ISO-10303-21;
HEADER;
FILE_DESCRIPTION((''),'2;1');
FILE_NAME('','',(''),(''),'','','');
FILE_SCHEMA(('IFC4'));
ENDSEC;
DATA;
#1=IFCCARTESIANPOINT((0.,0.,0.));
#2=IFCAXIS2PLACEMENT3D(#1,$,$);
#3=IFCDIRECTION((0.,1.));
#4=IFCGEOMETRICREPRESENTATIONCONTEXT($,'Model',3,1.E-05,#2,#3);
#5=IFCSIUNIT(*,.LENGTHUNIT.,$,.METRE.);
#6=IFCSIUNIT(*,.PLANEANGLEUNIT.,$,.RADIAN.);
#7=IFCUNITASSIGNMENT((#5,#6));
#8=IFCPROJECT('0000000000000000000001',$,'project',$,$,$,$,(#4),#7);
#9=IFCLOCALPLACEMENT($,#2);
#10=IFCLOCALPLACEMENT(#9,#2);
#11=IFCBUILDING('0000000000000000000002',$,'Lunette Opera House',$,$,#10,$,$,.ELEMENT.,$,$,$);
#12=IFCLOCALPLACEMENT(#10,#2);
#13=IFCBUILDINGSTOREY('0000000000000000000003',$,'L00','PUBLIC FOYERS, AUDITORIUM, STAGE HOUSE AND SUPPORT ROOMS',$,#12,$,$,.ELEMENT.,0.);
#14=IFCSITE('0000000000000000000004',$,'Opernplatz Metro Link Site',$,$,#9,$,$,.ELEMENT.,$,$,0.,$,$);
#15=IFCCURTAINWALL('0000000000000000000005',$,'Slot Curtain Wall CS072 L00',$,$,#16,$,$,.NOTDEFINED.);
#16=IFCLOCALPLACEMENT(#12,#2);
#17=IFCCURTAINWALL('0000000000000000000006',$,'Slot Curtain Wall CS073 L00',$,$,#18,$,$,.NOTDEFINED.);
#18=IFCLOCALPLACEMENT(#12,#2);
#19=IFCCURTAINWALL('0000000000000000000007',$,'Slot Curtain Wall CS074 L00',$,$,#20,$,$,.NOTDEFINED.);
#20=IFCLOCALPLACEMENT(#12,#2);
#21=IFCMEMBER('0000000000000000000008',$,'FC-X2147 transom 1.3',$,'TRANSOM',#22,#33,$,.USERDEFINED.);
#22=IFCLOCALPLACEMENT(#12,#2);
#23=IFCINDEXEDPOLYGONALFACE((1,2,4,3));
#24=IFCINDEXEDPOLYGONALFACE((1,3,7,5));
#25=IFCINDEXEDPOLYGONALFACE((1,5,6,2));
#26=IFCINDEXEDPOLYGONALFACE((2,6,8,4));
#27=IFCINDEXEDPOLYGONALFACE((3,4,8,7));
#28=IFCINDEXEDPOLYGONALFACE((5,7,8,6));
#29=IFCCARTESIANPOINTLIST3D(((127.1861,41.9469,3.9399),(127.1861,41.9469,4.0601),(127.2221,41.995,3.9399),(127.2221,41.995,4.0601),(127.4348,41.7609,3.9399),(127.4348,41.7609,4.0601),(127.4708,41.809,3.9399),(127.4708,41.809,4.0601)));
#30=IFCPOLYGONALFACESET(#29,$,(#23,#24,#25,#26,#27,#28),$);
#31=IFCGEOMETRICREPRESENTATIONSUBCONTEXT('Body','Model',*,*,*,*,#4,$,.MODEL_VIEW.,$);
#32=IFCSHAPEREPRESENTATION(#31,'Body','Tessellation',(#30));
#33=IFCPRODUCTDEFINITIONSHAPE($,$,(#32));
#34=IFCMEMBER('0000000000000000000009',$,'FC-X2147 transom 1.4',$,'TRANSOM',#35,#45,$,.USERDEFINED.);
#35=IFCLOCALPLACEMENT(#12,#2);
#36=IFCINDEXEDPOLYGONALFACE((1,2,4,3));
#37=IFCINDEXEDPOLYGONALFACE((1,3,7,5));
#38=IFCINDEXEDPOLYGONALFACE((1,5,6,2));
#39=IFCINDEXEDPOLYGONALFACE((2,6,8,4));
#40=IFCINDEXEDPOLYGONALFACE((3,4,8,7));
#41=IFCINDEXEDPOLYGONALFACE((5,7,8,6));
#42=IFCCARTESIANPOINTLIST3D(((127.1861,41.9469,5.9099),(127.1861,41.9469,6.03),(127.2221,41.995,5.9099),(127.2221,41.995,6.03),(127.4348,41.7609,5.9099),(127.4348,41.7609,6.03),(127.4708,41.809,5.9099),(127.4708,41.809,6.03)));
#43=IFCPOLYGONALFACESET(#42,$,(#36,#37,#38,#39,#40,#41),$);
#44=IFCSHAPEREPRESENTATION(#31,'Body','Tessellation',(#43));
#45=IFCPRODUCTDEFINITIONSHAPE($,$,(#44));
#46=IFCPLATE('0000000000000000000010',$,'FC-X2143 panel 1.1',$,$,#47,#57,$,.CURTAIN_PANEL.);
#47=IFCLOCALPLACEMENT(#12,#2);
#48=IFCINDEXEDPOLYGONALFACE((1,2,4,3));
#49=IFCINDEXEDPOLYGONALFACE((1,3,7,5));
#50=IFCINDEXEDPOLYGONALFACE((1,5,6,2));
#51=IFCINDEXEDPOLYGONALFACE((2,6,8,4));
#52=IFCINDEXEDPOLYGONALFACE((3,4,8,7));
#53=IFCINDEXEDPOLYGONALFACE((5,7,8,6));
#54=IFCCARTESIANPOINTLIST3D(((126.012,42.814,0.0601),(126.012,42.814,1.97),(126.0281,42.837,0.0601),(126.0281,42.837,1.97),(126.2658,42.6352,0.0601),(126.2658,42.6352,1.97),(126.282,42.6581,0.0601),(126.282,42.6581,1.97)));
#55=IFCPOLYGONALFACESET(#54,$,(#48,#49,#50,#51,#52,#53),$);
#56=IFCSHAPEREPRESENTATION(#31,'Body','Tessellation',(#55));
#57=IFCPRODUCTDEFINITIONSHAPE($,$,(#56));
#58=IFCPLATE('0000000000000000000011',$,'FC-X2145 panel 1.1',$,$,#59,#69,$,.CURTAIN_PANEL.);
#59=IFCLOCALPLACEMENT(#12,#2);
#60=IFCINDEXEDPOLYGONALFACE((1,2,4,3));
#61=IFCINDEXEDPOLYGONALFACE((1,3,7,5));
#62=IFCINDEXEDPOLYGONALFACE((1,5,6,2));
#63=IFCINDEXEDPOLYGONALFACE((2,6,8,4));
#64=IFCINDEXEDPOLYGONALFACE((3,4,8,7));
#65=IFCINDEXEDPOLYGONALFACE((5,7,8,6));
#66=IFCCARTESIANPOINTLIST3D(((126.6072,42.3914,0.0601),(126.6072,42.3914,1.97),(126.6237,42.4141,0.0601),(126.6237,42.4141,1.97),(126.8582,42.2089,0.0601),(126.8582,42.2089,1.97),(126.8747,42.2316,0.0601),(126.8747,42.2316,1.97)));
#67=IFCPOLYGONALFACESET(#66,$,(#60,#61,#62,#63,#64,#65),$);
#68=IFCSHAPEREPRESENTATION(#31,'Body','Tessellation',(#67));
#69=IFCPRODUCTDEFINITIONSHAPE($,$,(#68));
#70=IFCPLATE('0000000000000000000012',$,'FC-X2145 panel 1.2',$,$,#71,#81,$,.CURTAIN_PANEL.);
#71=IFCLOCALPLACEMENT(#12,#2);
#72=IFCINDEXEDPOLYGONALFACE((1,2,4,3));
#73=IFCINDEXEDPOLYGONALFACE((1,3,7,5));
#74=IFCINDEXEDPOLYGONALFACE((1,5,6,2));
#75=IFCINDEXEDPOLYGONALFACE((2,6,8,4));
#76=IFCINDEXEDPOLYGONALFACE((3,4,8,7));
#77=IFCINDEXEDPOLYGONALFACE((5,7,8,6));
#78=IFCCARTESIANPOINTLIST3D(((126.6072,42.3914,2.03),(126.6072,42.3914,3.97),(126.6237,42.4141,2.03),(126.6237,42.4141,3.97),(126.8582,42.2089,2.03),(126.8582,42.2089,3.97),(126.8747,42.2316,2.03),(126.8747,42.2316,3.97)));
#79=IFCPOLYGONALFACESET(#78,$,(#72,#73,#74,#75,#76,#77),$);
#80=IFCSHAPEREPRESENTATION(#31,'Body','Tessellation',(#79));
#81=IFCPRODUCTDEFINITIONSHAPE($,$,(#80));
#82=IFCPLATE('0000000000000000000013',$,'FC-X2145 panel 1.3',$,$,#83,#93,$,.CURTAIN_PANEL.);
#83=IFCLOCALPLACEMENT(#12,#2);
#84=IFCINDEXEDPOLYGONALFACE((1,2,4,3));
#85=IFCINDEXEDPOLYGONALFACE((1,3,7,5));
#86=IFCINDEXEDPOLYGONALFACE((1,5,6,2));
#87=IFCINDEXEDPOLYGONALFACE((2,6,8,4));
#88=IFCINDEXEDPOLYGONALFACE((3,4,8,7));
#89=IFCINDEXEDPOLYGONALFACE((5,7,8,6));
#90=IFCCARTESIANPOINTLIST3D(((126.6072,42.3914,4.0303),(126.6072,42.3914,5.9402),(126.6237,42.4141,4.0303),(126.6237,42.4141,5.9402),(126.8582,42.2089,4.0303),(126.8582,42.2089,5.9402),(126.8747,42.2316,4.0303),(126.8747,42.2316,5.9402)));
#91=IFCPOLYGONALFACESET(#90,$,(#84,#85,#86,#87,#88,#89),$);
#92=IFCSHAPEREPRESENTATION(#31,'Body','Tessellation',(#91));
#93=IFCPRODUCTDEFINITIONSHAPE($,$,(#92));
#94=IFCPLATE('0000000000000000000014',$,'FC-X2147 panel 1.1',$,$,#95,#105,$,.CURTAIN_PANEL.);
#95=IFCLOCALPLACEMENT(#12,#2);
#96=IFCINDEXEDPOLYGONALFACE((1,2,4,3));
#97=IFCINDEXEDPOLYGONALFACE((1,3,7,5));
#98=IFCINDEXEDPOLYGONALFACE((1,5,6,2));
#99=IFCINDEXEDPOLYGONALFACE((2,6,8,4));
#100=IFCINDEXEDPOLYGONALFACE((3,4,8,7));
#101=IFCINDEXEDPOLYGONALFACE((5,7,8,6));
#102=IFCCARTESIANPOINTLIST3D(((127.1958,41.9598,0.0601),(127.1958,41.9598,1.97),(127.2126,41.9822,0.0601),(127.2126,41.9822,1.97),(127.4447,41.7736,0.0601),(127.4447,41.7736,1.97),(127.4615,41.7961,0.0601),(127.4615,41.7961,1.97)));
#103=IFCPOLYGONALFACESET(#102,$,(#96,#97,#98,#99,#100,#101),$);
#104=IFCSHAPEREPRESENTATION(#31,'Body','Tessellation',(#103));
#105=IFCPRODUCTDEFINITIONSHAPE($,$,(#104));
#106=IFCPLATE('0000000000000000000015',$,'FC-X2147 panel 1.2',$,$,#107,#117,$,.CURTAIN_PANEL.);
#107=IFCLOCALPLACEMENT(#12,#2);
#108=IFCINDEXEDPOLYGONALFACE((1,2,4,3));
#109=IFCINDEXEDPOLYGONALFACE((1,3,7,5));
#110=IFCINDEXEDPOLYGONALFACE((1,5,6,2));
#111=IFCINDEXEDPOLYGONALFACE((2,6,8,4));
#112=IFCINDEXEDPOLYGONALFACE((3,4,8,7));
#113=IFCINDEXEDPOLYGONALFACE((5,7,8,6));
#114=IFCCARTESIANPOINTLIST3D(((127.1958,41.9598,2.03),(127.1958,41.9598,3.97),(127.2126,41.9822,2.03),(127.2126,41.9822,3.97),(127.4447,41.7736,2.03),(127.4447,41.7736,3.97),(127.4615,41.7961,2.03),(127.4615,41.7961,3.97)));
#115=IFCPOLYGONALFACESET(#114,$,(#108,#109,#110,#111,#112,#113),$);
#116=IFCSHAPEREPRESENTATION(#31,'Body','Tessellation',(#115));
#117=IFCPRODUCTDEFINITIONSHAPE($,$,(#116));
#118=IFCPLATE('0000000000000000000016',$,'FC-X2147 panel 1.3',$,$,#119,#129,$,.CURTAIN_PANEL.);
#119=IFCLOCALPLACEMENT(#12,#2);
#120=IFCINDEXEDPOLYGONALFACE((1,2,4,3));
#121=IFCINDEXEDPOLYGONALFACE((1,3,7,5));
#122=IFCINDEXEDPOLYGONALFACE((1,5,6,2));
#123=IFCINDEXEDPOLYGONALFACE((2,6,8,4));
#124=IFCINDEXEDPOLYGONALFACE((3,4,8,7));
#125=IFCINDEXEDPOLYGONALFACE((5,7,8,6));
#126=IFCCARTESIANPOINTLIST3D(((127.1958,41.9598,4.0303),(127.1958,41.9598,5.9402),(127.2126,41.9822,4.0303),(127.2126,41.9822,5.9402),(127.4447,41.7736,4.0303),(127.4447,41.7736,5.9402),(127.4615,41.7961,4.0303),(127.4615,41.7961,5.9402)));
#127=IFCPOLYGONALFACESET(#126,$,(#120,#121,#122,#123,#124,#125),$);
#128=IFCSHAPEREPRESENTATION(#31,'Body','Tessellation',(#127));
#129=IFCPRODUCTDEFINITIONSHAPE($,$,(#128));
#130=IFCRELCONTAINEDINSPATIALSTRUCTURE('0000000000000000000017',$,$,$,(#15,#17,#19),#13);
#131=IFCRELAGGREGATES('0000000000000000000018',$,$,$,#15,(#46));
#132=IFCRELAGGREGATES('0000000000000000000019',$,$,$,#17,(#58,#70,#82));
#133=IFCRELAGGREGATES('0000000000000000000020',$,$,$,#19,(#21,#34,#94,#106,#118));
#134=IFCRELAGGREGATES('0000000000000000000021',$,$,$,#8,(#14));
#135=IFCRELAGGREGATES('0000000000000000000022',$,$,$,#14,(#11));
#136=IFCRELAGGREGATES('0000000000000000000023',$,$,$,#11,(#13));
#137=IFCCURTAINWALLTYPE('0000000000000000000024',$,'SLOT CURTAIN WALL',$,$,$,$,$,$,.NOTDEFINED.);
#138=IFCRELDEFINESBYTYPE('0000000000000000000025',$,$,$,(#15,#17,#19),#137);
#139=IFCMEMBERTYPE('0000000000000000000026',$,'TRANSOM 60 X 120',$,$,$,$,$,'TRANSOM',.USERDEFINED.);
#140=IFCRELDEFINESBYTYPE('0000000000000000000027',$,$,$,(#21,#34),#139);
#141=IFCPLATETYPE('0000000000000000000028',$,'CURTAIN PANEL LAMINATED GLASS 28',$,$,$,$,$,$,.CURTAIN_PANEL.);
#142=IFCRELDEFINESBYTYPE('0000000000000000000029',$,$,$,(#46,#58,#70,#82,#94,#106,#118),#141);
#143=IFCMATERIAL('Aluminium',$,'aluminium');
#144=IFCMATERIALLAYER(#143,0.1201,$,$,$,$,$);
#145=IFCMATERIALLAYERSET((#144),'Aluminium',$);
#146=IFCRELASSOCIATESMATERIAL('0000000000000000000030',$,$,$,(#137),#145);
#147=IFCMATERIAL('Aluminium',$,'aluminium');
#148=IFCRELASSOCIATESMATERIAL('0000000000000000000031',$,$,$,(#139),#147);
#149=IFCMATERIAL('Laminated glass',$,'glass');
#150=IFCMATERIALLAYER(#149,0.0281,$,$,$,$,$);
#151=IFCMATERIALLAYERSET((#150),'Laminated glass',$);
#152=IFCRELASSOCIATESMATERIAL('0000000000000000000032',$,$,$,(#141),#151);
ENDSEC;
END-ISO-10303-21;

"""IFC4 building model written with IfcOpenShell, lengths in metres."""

from ifc_helpers import new_model, si_unit, direction, frame, origin, origin_2d, place, context, subcontext, project, spatial, rectangle, extrude, material, layer, layer_set, material_profile, profile_set, type_object, element, aggregate, save


model = new_model("IFC4")

# Units and contexts
model_context = context("Model", 3, precision=1e-05, world=origin(), true_north=direction((0.0, 1.0)))
body_context = subcontext(model_context, "Body", "Model", "MODEL_VIEW")
ifc_project = project(units=[si_unit("LENGTHUNIT", "METRE"), si_unit("PLANEANGLEUNIT", "RADIAN")], contexts=[model_context])

# Site, building, storey
site_placement = place(None, origin())
site = spatial("IfcSite", under=ifc_project, at=site_placement, Name="Opernplatz Metro Link Site", CompositionType="ELEMENT", RefElevation=0.0)
building_placement = place(site_placement, origin())
building = spatial("IfcBuilding", under=site, at=building_placement, Name="Lunette Opera House", CompositionType="ELEMENT")
storey_placement = place(building_placement, origin())
storey = spatial("IfcBuildingStorey", under=building, at=storey_placement, Name="L00", Description="PUBLIC FOYERS, AUDITORIUM, STAGE HOUSE AND SUPPORT ROOMS", CompositionType="ELEMENT", Elevation=0.0)

# Curtain wall
ifc_material_1 = material(Name="Aluminium", Category="aluminium")
ifc_layer_1 = layer(ifc_material_1, 0.1201)
ifc_layer_set_1 = layer_set([ifc_layer_1], Name="Aluminium")
curtain_wall_type = type_object("IfcCurtainWallType", Name="SLOT CURTAIN WALL", PredefinedType="NOTDEFINED", material=ifc_layer_set_1)
curtain_wall_1_placement = place(storey_placement, origin())
curtain_wall_1 = element("IfcCurtainWall", 1, at=curtain_wall_1_placement, inside=storey, type_object=curtain_wall_type, Name="Slot Curtain Wall CS072 L00", PredefinedType="NOTDEFINED")

# Curtain walls
curtain_wall_2_placement = place(storey_placement, origin())
curtain_wall_2 = element("IfcCurtainWall", 2, at=curtain_wall_2_placement, inside=storey, type_object=curtain_wall_type, Name="Slot Curtain Wall CS073 L00", PredefinedType="NOTDEFINED")
curtain_wall_3_placement = place(storey_placement, origin())
curtain_wall_3 = element("IfcCurtainWall", 3, at=curtain_wall_3_placement, inside=storey, type_object=curtain_wall_type, Name="Slot Curtain Wall CS074 L00", PredefinedType="NOTDEFINED")

# Members
ifc_material_2 = material(Name="Aluminium", Category="aluminium")
ifc_material_profile_1 = material_profile(ifc_material_2, rectangle(XDim=0.0601, YDim=0.1201, at=origin_2d()), Name="TRANSOM 60 X 120")
ifc_profile_set_1 = profile_set([ifc_material_profile_1], Name="Aluminium")
member_type_1 = type_object("IfcMemberType", Name="TRANSOM 60 X 120", ElementType="TRANSOM", PredefinedType="USERDEFINED", material=ifc_profile_set_1)
member_1_placement = place(storey_placement, frame((127.2041, 41.9709, 4.0), z_axis=(0.800848, -0.598868, 0.0), x_axis=(0.598868, 0.800848, 0.0)))
member_1 = element("IfcMember", 4, at=member_1_placement, type_object=member_type_1, Name="FC-X2147 transom 1.3", ObjectType="TRANSOM", PredefinedType="USERDEFINED", context=body_context, shape_type="SweptSolid", body=[
    extrude(rectangle(XDim=0.0601, YDim=0.1201, at=origin_2d()), origin(), (0.0, 0.0, 1.0), 0.3105),
])
member_2_placement = place(storey_placement, frame((127.2041, 41.9709, 5.97), z_axis=(0.800848, -0.598868, 0.0), x_axis=(0.598868, 0.800848, 0.0)))
member_2 = element("IfcMember", 5, at=member_2_placement, type_object=member_type_1, Name="FC-X2147 transom 1.4", ObjectType="TRANSOM", PredefinedType="USERDEFINED", context=body_context, shape_type="SweptSolid", body=[
    extrude(rectangle(XDim=0.0601, YDim=0.1201, at=origin_2d()), origin(), (0.0, 0.0, 1.0), 0.3105),
])

# Plates
ifc_material_3 = material(Name="Laminated glass", Category="glass")
ifc_layer_2 = layer(ifc_material_3, 0.0281)
ifc_layer_set_2 = layer_set([ifc_layer_2], Name="Laminated glass")
plate_type = type_object("IfcPlateType", Name="CURTAIN PANEL LAMINATED GLASS 28", PredefinedType="CURTAIN_PANEL", material=ifc_layer_set_2)
plate_1_placement = place(storey_placement, frame((126.147, 42.7361, 0.0601), z_axis=(0.0, 0.0, 1.0), x_axis=(0.817482, -0.575954, 0.0)))
plate_1 = element("IfcPlate", 6, at=plate_1_placement, type_object=plate_type, Name="FC-X2143 panel 1.1", PredefinedType="CURTAIN_PANEL", context=body_context, shape_type="SweptSolid", body=[
    extrude(rectangle(XDim=0.3105, YDim=0.0281, at=origin_2d()), origin(), (0.0, 0.0, 1.0), 1.9099),
])
aggregate(curtain_wall_1, [plate_1])
plate_2_placement = place(storey_placement, frame((126.741, 42.3115, 0.0601), z_axis=(0.0, 0.0, 1.0), x_axis=(0.808837, -0.588033, 0.0)))
plate_2 = element("IfcPlate", 7, at=plate_2_placement, type_object=plate_type, Name="FC-X2145 panel 1.1", PredefinedType="CURTAIN_PANEL", context=body_context, shape_type="SweptSolid", body=[
    extrude(rectangle(XDim=0.3103, YDim=0.0281, at=origin_2d()), origin(), (0.0, 0.0, 1.0), 1.9099),
])
plate_3_placement = place(storey_placement, frame((126.741, 42.3115, 2.03), z_axis=(0.0, 0.0, 1.0), x_axis=(0.808837, -0.588033, 0.0)))
plate_3 = element("IfcPlate", 8, at=plate_3_placement, type_object=plate_type, Name="FC-X2145 panel 1.2", PredefinedType="CURTAIN_PANEL", context=body_context, shape_type="SweptSolid", body=[
    extrude(rectangle(XDim=0.3103, YDim=0.0281, at=origin_2d()), origin(), (0.0, 0.0, 1.0), 1.9399),
])
plate_4_placement = place(storey_placement, frame((126.741, 42.3115, 4.0303), z_axis=(0.0, 0.0, 1.0), x_axis=(0.808837, -0.588033, 0.0)))
plate_4 = element("IfcPlate", 9, at=plate_4_placement, type_object=plate_type, Name="FC-X2145 panel 1.3", PredefinedType="CURTAIN_PANEL", context=body_context, shape_type="SweptSolid", body=[
    extrude(rectangle(XDim=0.3103, YDim=0.0281, at=origin_2d()), origin(), (0.0, 0.0, 1.0), 1.9099),
])
aggregate(curtain_wall_2, [plate_2, plate_3, plate_4])
plate_5_placement = place(storey_placement, frame((127.3286, 41.8779, 0.0601), z_axis=(0.0, 0.0, 1.0), x_axis=(0.800835, -0.598885, 0.0)))
plate_5 = element("IfcPlate", 10, at=plate_5_placement, type_object=plate_type, Name="FC-X2147 panel 1.1", PredefinedType="CURTAIN_PANEL", context=body_context, shape_type="SweptSolid", body=[
    extrude(rectangle(XDim=0.3108, YDim=0.0281, at=origin_2d()), origin(), (0.0, 0.0, 1.0), 1.9099),
])
plate_6_placement = place(storey_placement, frame((127.3286, 41.8779, 2.03), z_axis=(0.0, 0.0, 1.0), x_axis=(0.800835, -0.598885, 0.0)))
plate_6 = element("IfcPlate", 11, at=plate_6_placement, type_object=plate_type, Name="FC-X2147 panel 1.2", PredefinedType="CURTAIN_PANEL", context=body_context, shape_type="SweptSolid", body=[
    extrude(rectangle(XDim=0.3108, YDim=0.0281, at=origin_2d()), origin(), (0.0, 0.0, 1.0), 1.9399),
])
plate_7_placement = place(storey_placement, frame((127.3286, 41.8779, 4.0303), z_axis=(0.0, 0.0, 1.0), x_axis=(0.800835, -0.598885, 0.0)))
plate_7 = element("IfcPlate", 12, at=plate_7_placement, type_object=plate_type, Name="FC-X2147 panel 1.3", PredefinedType="CURTAIN_PANEL", context=body_context, shape_type="SweptSolid", body=[
    extrude(rectangle(XDim=0.3108, YDim=0.0281, at=origin_2d()), origin(), (0.0, 0.0, 1.0), 1.9099),
])
aggregate(curtain_wall_3, [member_1, member_2, plate_5, plate_6, plate_7])

save(model, "model.ifc")
